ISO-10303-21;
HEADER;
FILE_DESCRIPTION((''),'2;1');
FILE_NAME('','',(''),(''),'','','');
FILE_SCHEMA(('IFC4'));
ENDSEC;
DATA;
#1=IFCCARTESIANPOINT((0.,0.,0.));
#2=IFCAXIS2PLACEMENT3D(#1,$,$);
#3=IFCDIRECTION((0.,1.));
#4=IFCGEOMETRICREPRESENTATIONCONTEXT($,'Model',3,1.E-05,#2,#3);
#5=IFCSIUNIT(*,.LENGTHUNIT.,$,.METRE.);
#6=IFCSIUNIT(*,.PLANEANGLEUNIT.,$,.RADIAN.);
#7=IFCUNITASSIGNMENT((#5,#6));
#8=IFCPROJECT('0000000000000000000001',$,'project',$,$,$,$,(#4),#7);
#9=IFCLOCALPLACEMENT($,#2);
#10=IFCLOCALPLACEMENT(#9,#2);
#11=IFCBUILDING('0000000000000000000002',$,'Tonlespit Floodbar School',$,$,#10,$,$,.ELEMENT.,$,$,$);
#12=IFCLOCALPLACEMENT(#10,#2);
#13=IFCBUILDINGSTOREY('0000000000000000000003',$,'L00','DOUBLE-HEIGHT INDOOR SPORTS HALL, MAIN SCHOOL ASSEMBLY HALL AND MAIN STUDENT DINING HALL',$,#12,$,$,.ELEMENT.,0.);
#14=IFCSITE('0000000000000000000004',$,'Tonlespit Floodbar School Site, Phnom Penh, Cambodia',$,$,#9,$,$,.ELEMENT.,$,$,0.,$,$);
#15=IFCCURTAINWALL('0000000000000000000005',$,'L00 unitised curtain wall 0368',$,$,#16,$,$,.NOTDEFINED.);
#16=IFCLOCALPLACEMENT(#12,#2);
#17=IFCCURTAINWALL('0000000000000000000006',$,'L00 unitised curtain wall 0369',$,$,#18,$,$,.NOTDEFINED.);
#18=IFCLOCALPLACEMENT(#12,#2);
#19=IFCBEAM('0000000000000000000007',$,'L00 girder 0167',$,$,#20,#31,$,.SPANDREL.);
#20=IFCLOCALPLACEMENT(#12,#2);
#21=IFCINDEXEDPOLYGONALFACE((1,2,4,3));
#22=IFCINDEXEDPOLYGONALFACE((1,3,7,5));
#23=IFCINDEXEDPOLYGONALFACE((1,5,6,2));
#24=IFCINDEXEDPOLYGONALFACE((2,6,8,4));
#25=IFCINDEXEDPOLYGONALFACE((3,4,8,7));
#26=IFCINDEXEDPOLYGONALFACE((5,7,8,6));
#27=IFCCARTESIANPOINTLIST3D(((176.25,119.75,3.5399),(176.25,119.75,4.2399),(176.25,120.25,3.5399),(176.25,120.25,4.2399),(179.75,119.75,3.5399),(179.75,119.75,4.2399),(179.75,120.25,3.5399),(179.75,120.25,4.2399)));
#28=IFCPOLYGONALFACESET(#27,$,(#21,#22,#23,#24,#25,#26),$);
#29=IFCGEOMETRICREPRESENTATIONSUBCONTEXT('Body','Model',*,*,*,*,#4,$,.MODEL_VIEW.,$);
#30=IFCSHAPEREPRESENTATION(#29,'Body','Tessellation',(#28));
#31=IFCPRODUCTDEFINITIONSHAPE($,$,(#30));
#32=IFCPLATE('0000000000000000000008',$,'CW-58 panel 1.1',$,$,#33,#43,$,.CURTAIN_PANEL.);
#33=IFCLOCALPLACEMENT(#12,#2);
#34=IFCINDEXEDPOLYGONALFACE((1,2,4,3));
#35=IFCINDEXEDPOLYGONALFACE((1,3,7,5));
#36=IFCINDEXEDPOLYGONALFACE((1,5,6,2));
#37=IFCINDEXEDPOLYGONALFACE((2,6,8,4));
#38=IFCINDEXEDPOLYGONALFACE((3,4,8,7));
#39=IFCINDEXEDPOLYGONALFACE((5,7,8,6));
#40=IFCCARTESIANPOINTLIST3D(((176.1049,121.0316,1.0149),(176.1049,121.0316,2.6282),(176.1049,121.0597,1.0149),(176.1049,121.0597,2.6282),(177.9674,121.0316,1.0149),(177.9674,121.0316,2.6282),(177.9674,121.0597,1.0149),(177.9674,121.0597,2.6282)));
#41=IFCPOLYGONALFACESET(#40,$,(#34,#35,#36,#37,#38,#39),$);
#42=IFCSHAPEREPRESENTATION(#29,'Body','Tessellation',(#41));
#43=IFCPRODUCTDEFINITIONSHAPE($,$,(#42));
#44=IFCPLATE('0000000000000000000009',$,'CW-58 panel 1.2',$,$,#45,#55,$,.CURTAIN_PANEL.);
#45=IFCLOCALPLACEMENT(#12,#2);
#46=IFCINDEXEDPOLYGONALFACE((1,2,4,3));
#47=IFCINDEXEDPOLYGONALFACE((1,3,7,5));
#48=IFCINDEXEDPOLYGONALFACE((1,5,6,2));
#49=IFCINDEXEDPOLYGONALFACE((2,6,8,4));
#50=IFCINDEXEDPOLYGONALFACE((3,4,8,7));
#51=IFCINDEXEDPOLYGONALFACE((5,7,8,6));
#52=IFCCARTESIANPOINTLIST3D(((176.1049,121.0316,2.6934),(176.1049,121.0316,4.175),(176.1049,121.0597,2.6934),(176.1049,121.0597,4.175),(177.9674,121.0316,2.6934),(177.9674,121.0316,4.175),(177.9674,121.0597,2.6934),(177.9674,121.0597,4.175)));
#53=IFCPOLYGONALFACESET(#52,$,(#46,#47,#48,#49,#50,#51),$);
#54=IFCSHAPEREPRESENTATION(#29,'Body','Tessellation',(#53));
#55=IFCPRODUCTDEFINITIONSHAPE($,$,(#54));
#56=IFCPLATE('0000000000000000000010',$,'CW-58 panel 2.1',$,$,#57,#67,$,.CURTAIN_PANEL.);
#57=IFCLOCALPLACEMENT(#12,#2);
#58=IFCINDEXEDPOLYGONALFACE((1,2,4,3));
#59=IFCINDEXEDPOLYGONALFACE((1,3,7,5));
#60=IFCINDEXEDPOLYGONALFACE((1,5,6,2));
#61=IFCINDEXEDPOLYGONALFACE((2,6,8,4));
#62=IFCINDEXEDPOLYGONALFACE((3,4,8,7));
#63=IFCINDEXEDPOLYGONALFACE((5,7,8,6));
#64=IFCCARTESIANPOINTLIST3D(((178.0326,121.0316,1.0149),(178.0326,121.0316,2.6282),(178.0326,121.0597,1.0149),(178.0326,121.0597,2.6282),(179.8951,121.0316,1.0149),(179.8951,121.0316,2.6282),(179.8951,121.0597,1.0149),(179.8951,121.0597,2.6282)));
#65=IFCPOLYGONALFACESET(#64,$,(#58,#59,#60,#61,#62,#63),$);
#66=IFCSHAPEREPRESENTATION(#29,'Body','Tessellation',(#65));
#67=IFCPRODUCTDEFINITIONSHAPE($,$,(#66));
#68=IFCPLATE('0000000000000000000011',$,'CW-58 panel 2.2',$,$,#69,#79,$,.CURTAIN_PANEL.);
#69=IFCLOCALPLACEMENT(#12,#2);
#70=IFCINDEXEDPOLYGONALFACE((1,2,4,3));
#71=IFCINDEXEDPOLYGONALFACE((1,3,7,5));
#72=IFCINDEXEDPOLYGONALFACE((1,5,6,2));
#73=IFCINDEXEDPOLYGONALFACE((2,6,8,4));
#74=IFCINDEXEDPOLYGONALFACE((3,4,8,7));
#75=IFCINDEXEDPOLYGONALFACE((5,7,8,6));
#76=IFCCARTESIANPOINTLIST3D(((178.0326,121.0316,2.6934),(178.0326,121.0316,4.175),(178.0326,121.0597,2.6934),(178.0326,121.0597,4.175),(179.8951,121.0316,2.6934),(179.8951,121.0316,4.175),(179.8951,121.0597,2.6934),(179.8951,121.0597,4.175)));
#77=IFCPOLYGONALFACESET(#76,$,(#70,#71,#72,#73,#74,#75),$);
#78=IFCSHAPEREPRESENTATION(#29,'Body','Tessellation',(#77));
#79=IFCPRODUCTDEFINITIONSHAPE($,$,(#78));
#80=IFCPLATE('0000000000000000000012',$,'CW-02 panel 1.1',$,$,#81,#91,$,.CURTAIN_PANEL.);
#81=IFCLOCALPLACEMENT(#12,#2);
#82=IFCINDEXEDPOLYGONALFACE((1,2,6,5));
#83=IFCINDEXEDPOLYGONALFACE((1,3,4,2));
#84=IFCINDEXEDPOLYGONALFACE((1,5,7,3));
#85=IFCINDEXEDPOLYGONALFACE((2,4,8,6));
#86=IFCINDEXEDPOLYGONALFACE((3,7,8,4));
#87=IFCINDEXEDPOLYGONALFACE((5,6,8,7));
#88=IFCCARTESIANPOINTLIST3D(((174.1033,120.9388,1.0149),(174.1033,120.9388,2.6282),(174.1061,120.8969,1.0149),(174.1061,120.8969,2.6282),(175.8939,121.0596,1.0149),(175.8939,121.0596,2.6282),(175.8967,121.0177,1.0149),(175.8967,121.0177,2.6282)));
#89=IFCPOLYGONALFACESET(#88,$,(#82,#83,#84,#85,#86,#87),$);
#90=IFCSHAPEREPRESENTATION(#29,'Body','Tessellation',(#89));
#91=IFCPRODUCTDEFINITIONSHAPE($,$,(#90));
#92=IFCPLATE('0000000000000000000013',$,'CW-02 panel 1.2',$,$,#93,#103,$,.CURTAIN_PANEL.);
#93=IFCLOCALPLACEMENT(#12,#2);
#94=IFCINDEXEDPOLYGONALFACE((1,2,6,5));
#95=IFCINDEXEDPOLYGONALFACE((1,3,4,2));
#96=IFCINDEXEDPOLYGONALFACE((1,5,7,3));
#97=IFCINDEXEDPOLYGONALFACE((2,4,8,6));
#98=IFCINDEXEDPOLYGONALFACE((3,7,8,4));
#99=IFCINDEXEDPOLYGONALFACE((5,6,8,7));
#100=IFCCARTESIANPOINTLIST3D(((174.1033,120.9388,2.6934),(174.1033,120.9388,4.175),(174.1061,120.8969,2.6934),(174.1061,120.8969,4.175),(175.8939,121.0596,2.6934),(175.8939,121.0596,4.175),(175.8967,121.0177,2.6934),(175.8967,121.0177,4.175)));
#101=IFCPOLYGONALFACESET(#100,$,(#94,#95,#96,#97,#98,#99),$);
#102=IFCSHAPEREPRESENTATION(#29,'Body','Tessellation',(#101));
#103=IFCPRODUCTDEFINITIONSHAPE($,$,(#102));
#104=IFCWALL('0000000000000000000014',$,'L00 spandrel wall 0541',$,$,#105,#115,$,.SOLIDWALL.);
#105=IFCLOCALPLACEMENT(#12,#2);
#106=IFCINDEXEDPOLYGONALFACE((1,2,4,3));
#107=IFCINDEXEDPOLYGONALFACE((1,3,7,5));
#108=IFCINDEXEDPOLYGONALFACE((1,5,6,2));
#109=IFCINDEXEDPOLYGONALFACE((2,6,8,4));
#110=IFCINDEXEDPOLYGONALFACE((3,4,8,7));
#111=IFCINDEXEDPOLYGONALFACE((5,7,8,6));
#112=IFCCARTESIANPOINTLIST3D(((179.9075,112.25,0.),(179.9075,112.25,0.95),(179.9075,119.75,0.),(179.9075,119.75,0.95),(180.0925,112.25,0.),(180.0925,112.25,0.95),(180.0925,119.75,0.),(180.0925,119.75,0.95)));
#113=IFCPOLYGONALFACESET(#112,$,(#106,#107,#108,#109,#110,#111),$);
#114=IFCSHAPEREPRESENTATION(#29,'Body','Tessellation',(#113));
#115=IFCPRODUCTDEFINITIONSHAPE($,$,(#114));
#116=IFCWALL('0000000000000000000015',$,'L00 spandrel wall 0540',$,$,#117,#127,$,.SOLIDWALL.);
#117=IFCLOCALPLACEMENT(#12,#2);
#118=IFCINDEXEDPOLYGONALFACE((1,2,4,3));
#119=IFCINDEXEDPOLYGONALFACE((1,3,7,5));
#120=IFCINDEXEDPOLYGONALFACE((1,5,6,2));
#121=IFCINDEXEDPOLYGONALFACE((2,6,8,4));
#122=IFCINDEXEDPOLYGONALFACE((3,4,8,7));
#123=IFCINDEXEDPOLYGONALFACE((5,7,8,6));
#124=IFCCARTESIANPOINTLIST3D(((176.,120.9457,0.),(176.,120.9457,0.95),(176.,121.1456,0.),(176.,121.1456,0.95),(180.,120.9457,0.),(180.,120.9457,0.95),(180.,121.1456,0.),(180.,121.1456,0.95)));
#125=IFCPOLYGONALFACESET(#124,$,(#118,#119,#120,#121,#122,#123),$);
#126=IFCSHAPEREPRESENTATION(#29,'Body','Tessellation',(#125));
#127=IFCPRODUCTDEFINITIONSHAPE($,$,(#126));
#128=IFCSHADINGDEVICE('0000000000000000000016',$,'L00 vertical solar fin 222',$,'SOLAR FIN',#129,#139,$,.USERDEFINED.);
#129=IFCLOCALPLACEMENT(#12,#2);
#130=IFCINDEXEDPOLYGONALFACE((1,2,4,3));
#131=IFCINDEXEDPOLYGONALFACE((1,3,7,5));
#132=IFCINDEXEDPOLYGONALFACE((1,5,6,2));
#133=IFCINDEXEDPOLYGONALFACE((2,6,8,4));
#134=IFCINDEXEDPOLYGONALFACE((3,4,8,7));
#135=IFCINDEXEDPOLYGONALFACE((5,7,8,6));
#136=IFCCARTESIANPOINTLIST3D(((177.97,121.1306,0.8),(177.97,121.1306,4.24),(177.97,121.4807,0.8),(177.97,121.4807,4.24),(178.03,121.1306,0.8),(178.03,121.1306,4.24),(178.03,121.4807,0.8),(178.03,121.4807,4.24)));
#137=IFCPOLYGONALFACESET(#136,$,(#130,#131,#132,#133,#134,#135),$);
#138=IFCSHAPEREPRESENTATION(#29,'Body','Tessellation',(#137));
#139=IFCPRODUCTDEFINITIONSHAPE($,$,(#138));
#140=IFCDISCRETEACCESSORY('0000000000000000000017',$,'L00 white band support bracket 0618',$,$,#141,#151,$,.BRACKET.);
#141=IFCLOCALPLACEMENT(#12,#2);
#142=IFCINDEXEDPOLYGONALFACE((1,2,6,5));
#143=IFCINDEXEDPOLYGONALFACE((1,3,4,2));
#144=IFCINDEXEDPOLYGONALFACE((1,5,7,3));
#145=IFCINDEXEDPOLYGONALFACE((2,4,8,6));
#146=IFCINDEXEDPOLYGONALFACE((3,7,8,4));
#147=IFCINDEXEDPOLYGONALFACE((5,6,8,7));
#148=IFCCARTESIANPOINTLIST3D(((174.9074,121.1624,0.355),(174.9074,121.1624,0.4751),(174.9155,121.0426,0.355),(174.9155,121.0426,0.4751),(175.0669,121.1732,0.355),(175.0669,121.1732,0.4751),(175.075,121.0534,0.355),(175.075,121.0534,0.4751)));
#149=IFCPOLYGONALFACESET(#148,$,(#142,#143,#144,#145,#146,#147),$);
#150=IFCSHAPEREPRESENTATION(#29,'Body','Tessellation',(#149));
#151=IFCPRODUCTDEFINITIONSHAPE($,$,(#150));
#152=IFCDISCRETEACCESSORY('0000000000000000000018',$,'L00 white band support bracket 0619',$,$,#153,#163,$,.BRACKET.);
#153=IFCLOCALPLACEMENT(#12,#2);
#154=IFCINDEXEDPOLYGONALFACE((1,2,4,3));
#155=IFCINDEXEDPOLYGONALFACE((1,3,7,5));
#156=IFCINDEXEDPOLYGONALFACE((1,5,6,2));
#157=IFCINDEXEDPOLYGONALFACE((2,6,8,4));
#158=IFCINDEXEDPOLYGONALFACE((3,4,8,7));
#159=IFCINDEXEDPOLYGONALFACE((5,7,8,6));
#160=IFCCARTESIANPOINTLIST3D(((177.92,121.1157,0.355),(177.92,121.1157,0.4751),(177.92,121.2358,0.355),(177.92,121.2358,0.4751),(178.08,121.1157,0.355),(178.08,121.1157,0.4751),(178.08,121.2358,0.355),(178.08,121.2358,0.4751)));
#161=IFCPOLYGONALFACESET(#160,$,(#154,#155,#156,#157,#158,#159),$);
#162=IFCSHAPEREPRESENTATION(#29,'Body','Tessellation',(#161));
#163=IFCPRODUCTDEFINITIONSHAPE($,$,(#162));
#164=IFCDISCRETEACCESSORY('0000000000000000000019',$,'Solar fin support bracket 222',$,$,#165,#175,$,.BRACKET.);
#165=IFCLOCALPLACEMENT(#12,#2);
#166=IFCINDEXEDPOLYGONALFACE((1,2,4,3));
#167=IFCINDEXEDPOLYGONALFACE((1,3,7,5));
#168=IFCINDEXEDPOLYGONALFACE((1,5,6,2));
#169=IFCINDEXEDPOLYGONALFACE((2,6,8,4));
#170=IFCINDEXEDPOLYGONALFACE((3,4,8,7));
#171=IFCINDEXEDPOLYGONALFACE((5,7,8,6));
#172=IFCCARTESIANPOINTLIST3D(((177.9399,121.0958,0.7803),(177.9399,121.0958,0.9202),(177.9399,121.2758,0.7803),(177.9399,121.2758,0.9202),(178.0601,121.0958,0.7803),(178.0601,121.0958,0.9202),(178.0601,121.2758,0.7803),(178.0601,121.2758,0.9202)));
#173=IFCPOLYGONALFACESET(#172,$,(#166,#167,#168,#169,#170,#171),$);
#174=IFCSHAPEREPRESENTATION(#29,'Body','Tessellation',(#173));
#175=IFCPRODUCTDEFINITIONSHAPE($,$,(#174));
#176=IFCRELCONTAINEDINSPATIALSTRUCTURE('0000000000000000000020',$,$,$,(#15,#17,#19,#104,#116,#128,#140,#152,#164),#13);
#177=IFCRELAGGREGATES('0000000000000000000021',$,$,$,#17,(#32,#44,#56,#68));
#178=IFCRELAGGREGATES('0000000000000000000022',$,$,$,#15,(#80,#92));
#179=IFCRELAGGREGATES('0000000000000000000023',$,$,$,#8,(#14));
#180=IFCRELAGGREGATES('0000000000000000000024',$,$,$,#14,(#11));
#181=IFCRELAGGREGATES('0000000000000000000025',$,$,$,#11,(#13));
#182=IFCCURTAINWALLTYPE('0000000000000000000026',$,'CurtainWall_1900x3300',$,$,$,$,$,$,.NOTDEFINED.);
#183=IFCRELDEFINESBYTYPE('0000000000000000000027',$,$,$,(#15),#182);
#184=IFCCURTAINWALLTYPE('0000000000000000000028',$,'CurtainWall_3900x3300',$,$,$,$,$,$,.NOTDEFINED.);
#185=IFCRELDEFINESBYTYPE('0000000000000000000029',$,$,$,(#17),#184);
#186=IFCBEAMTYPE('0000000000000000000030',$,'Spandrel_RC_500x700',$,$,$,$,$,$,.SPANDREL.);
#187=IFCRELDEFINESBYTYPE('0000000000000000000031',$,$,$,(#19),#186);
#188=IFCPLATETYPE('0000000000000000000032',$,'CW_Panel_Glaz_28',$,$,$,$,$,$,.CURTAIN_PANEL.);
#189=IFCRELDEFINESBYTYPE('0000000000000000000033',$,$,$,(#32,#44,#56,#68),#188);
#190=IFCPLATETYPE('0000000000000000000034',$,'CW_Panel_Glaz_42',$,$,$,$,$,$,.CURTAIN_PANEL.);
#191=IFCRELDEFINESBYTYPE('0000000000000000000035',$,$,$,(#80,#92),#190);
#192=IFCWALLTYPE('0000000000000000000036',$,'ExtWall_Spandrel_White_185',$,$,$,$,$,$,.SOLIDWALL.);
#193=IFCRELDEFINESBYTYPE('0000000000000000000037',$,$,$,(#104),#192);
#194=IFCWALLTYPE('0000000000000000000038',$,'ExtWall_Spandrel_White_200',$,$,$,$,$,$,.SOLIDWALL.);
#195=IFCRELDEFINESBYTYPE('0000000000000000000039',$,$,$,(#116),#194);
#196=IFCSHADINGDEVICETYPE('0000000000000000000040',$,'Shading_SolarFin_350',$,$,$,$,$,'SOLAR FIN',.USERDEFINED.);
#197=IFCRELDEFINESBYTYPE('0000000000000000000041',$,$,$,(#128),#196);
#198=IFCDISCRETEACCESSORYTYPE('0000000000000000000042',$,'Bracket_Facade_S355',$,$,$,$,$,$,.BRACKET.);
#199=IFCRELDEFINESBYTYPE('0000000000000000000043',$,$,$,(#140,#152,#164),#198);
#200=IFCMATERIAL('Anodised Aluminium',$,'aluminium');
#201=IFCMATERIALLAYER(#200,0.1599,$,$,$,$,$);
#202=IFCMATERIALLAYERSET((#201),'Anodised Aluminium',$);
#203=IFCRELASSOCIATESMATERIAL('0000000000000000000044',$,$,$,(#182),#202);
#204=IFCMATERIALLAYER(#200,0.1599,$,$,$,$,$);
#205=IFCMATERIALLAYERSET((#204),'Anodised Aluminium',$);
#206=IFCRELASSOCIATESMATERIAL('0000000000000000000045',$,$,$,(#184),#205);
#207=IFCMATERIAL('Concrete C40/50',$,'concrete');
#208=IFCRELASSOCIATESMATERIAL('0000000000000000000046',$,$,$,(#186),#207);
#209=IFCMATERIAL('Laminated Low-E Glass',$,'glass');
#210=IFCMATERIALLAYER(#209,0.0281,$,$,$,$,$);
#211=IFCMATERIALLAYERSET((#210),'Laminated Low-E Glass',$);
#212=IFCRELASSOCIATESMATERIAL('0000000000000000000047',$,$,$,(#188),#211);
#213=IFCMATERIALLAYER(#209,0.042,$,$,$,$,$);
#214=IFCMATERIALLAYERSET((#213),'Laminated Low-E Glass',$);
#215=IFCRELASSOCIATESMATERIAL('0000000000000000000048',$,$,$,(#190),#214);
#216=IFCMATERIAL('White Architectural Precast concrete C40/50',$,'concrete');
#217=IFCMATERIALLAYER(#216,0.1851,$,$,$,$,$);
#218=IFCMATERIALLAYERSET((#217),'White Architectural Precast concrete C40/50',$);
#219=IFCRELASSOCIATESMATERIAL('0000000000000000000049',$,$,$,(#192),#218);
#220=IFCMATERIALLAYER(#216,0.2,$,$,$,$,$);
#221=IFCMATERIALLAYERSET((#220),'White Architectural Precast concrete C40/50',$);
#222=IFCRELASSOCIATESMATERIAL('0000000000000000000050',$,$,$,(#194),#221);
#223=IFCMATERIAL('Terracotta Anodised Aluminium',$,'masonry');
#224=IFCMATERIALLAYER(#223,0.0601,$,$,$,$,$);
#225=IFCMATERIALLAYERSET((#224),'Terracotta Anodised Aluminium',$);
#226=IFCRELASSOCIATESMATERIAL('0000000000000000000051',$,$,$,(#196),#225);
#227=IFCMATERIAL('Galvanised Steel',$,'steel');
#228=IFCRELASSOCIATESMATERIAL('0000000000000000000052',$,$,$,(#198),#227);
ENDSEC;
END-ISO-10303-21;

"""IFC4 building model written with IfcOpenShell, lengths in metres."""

from ifc_helpers import new_model, si_unit, direction, frame, frame_2d, origin, origin_2d, place, context, subcontext, project, spatial, rectangle, extrude, material, layer, layer_set, material_profile, profile_set, type_object, element, aggregate, save


model = new_model("IFC4")

# Units and contexts
model_context = context("Model", 3, precision=1e-05, world=origin(), true_north=direction((0.0, 1.0)))
body_context = subcontext(model_context, "Body", "Model", "MODEL_VIEW")
ifc_project = project(units=[si_unit("LENGTHUNIT", "METRE"), si_unit("PLANEANGLEUNIT", "RADIAN")], contexts=[model_context])

# Site, building, storey
site_placement = place(None, origin())
site = spatial("IfcSite", under=ifc_project, at=site_placement, Name="Tonlespit Floodbar School Site, Phnom Penh, Cambodia", CompositionType="ELEMENT", RefElevation=0.0)
building_placement = place(site_placement, origin())
building = spatial("IfcBuilding", under=site, at=building_placement, Name="Tonlespit Floodbar School", CompositionType="ELEMENT")
storey_placement = place(building_placement, origin())
storey = spatial("IfcBuildingStorey", under=building, at=storey_placement, Name="L00", Description="DOUBLE-HEIGHT INDOOR SPORTS HALL, MAIN SCHOOL ASSEMBLY HALL AND MAIN STUDENT DINING HALL", CompositionType="ELEMENT", Elevation=0.0)

# Shared definitions
ifc_material_1 = material(Name="Concrete C40/50", Category="concrete")

# Curtain wall
ifc_material_2 = material(Name="Anodised Aluminium", Category="aluminium")
ifc_layer_1 = layer(ifc_material_2, 0.1599)
ifc_layer_set_1 = layer_set([ifc_layer_1], Name="Anodised Aluminium")
curtain_wall_type_1 = type_object("IfcCurtainWallType", Name="CurtainWall_1900x3300", PredefinedType="NOTDEFINED", material=ifc_layer_set_1)
curtain_wall_1_placement = place(storey_placement, origin())
curtain_wall_1 = element("IfcCurtainWall", 1, at=curtain_wall_1_placement, inside=storey, type_object=curtain_wall_type_1, Name="L00 unitised curtain wall 0368", PredefinedType="NOTDEFINED")

# Curtain wall
ifc_layer_2 = layer(ifc_material_2, 0.1599)
ifc_layer_set_2 = layer_set([ifc_layer_2], Name="Anodised Aluminium")
curtain_wall_type_2 = type_object("IfcCurtainWallType", Name="CurtainWall_3900x3300", PredefinedType="NOTDEFINED", material=ifc_layer_set_2)
curtain_wall_2_placement = place(storey_placement, origin())
curtain_wall_2 = element("IfcCurtainWall", 2, at=curtain_wall_2_placement, inside=storey, type_object=curtain_wall_type_2, Name="L00 unitised curtain wall 0369", PredefinedType="NOTDEFINED")

# Beam
ifc_material_profile_1 = material_profile(ifc_material_1, rectangle(XDim=0.5, YDim=0.7, at=origin_2d()), Name="RC 500x700")
ifc_profile_set_1 = profile_set([ifc_material_profile_1], Name="Concrete C40/50")
beam_type = type_object("IfcBeamType", Name="Spandrel_RC_500x700", PredefinedType="SPANDREL", material=ifc_profile_set_1)
beam_placement = place(storey_placement, frame((176.25, 120.0, 3.8899), z_axis=(1.0, 0.0, 0.0), x_axis=(0.0, 1.0, 0.0)))
element("IfcBeam", 3, at=beam_placement, inside=storey, type_object=beam_type, Name="L00 girder 0167", PredefinedType="SPANDREL", context=body_context, shape_type="SweptSolid", body=[
    extrude(rectangle(XDim=0.5, YDim=0.7, at=origin_2d()), origin(), (0.0, 0.0, 1.0), 3.5),
])

# Plates
ifc_material_3 = material(Name="Laminated Low-E Glass", Category="glass")
ifc_layer_3 = layer(ifc_material_3, 0.0281)
ifc_layer_set_3 = layer_set([ifc_layer_3], Name="Laminated Low-E Glass")
plate_type_1 = type_object("IfcPlateType", Name="CW_Panel_Glaz_28", PredefinedType="CURTAIN_PANEL", material=ifc_layer_set_3)
plate_1_placement = place(storey_placement, frame((177.0361, 121.0457, 1.0149), z_axis=(0.0, 0.0, 1.0), x_axis=(1.0, 0.0, 0.0)))
plate_1 = element("IfcPlate", 4, at=plate_1_placement, type_object=plate_type_1, Name="CW-58 panel 1.1", PredefinedType="CURTAIN_PANEL", context=body_context, shape_type="SweptSolid", body=[
    extrude(rectangle(XDim=1.8625, YDim=0.0281, at=origin_2d()), origin(), (0.0, 0.0, 1.0), 1.6133),
])
plate_2_placement = place(storey_placement, frame((177.0361, 121.0457, 2.6934), z_axis=(0.0, 0.0, 1.0), x_axis=(1.0, 0.0, 0.0)))
plate_2 = element("IfcPlate", 5, at=plate_2_placement, type_object=plate_type_1, Name="CW-58 panel 1.2", PredefinedType="CURTAIN_PANEL", context=body_context, shape_type="SweptSolid", body=[
    extrude(rectangle(XDim=1.8625, YDim=0.0281, at=origin_2d()), origin(), (0.0, 0.0, 1.0), 1.4817),
])
plate_3_placement = place(storey_placement, frame((178.9639, 121.0457, 1.0149), z_axis=(0.0, 0.0, 1.0), x_axis=(1.0, 0.0, 0.0)))
plate_3 = element("IfcPlate", 6, at=plate_3_placement, type_object=plate_type_1, Name="CW-58 panel 2.1", PredefinedType="CURTAIN_PANEL", context=body_context, shape_type="SweptSolid", body=[
    extrude(rectangle(XDim=1.8625, YDim=0.0281, at=origin_2d()), origin(), (0.0, 0.0, 1.0), 1.6133),
])
plate_4_placement = place(storey_placement, frame((178.9639, 121.0457, 2.6934), z_axis=(0.0, 0.0, 1.0), x_axis=(1.0, 0.0, 0.0)))
plate_4 = element("IfcPlate", 7, at=plate_4_placement, type_object=plate_type_1, Name="CW-58 panel 2.2", PredefinedType="CURTAIN_PANEL", context=body_context, shape_type="SweptSolid", body=[
    extrude(rectangle(XDim=1.8625, YDim=0.0281, at=origin_2d()), origin(), (0.0, 0.0, 1.0), 1.4817),
])
aggregate(curtain_wall_2, [plate_1, plate_2, plate_3, plate_4])
ifc_layer_4 = layer(ifc_material_3, 0.042)
ifc_layer_set_4 = layer_set([ifc_layer_4], Name="Laminated Low-E Glass")
plate_type_2 = type_object("IfcPlateType", Name="CW_Panel_Glaz_42", PredefinedType="CURTAIN_PANEL", material=ifc_layer_set_4)
plate_5_placement = place(storey_placement, frame((175.0, 120.9783, 1.0149), z_axis=(0.0, 0.0, 1.0), x_axis=(0.99773, 0.06734, 0.0)))
plate_5 = element("IfcPlate", 8, at=plate_5_placement, type_object=plate_type_2, Name="CW-02 panel 1.1", PredefinedType="CURTAIN_PANEL", context=body_context, shape_type="SweptSolid", body=[
    extrude(rectangle(XDim=1.7947, YDim=0.042, at=origin_2d()), origin(), (0.0, 0.0, 1.0), 1.6133),
])
plate_6_placement = place(storey_placement, frame((175.0, 120.9783, 2.6934), z_axis=(0.0, 0.0, 1.0), x_axis=(0.99773, 0.06734, 0.0)))
plate_6 = element("IfcPlate", 9, at=plate_6_placement, type_object=plate_type_2, Name="CW-02 panel 1.2", PredefinedType="CURTAIN_PANEL", context=body_context, shape_type="SweptSolid", body=[
    extrude(rectangle(XDim=1.7947, YDim=0.042, at=origin_2d()), origin(), (0.0, 0.0, 1.0), 1.4817),
])
aggregate(curtain_wall_1, [plate_5, plate_6])

# Walls
ifc_material_4 = material(Name="White Architectural Precast concrete C40/50", Category="concrete")
ifc_layer_5 = layer(ifc_material_4, 0.1851)
ifc_layer_set_5 = layer_set([ifc_layer_5], Name="White Architectural Precast concrete C40/50")
wall_type_1 = type_object("IfcWallType", Name="ExtWall_Spandrel_White_185", PredefinedType="SOLIDWALL", material=ifc_layer_set_5)
wall_1_placement = place(storey_placement, frame((180.0, 119.75, 0.0), z_axis=(0.0, 0.0, 1.0), x_axis=(0.0, -1.0, 0.0)))
element("IfcWall", 10, at=wall_1_placement, inside=storey, type_object=wall_type_1, Name="L00 spandrel wall 0541", PredefinedType="SOLIDWALL", context=body_context, shape_type="SweptSolid", body=[
    extrude(rectangle(XDim=7.5, YDim=0.1851, at=frame_2d((3.75, 0.0))), origin(), (0.0, 0.0, 1.0), 0.95),
])
ifc_layer_6 = layer(ifc_material_4, 0.2)
ifc_layer_set_6 = layer_set([ifc_layer_6], Name="White Architectural Precast concrete C40/50")
wall_type_2 = type_object("IfcWallType", Name="ExtWall_Spandrel_White_200", PredefinedType="SOLIDWALL", material=ifc_layer_set_6)
wall_2_placement = place(storey_placement, frame((176.0, 121.0457, 0.0), z_axis=(0.0, 0.0, 1.0), x_axis=(1.0, 0.0, 0.0)))
element("IfcWall", 11, at=wall_2_placement, inside=storey, type_object=wall_type_2, Name="L00 spandrel wall 0540", PredefinedType="SOLIDWALL", context=body_context, shape_type="SweptSolid", body=[
    extrude(rectangle(XDim=4.0, YDim=0.2, at=frame_2d((2.0, 0.0))), origin(), (0.0, 0.0, 1.0), 0.95),
])

# Shading device
ifc_material_5 = material(Name="Terracotta Anodised Aluminium", Category="masonry")
ifc_layer_7 = layer(ifc_material_5, 0.0601)
ifc_layer_set_7 = layer_set([ifc_layer_7], Name="Terracotta Anodised Aluminium")
shading_device_type = type_object("IfcShadingDeviceType", Name="Shading_SolarFin_350", ElementType="SOLAR FIN", PredefinedType="USERDEFINED", material=ifc_layer_set_7)
shading_device_placement = place(storey_placement, frame((178.0, 121.3057, 0.8), z_axis=(0.0, 0.0, 1.0), x_axis=(1.0, 0.0, 0.0)))
element("IfcShadingDevice", 12, at=shading_device_placement, inside=storey, type_object=shading_device_type, Name="L00 vertical solar fin 222", ObjectType="SOLAR FIN", PredefinedType="USERDEFINED", context=body_context, shape_type="SweptSolid", body=[
    extrude(rectangle(XDim=0.0601, YDim=0.3501, at=origin_2d()), origin(), (0.0, 0.0, 1.0), 3.4399),
])

# Discrete accessories
ifc_material_6 = material(Name="Galvanised Steel", Category="steel")
discrete_accessory_type = type_object("IfcDiscreteAccessoryType", Name="Bracket_Facade_S355", PredefinedType="BRACKET", material=ifc_material_6)
for number, where, z_axis, x_axis, name in (
    (13, (174.9912, 121.1079, 0.355), (0.0, 0.0, 1.0), (0.99773, 0.067347, 0.0), "L00 white band support bracket 0618"),
    (14, (178.0, 121.1758, 0.355), (0.0, 0.0, 1.0), (1.0, 0.0, 0.0), "L00 white band support bracket 0619"),
):
    element("IfcDiscreteAccessory", number, at=place(storey_placement, frame(where, z_axis=z_axis, x_axis=x_axis)), inside=storey, type_object=discrete_accessory_type, Name=name, PredefinedType="BRACKET", context=body_context, shape_type="SweptSolid", body=[
        extrude(rectangle(XDim=0.1599, YDim=0.1201, at=origin_2d()), origin(), (0.0, 0.0, 1.0), 0.1201),
    ])
discrete_accessory_placement = place(storey_placement, frame((178.0, 121.1858, 0.7803), z_axis=(0.0, 0.0, 1.0), x_axis=(1.0, 0.0, 0.0)))
element("IfcDiscreteAccessory", 15, at=discrete_accessory_placement, inside=storey, type_object=discrete_accessory_type, Name="Solar fin support bracket 222", PredefinedType="BRACKET", context=body_context, shape_type="SweptSolid", body=[
    extrude(rectangle(XDim=0.1201, YDim=0.1799, at=origin_2d()), origin(), (0.0, 0.0, 1.0), 0.1399),
])

save(model, "model.ifc")
